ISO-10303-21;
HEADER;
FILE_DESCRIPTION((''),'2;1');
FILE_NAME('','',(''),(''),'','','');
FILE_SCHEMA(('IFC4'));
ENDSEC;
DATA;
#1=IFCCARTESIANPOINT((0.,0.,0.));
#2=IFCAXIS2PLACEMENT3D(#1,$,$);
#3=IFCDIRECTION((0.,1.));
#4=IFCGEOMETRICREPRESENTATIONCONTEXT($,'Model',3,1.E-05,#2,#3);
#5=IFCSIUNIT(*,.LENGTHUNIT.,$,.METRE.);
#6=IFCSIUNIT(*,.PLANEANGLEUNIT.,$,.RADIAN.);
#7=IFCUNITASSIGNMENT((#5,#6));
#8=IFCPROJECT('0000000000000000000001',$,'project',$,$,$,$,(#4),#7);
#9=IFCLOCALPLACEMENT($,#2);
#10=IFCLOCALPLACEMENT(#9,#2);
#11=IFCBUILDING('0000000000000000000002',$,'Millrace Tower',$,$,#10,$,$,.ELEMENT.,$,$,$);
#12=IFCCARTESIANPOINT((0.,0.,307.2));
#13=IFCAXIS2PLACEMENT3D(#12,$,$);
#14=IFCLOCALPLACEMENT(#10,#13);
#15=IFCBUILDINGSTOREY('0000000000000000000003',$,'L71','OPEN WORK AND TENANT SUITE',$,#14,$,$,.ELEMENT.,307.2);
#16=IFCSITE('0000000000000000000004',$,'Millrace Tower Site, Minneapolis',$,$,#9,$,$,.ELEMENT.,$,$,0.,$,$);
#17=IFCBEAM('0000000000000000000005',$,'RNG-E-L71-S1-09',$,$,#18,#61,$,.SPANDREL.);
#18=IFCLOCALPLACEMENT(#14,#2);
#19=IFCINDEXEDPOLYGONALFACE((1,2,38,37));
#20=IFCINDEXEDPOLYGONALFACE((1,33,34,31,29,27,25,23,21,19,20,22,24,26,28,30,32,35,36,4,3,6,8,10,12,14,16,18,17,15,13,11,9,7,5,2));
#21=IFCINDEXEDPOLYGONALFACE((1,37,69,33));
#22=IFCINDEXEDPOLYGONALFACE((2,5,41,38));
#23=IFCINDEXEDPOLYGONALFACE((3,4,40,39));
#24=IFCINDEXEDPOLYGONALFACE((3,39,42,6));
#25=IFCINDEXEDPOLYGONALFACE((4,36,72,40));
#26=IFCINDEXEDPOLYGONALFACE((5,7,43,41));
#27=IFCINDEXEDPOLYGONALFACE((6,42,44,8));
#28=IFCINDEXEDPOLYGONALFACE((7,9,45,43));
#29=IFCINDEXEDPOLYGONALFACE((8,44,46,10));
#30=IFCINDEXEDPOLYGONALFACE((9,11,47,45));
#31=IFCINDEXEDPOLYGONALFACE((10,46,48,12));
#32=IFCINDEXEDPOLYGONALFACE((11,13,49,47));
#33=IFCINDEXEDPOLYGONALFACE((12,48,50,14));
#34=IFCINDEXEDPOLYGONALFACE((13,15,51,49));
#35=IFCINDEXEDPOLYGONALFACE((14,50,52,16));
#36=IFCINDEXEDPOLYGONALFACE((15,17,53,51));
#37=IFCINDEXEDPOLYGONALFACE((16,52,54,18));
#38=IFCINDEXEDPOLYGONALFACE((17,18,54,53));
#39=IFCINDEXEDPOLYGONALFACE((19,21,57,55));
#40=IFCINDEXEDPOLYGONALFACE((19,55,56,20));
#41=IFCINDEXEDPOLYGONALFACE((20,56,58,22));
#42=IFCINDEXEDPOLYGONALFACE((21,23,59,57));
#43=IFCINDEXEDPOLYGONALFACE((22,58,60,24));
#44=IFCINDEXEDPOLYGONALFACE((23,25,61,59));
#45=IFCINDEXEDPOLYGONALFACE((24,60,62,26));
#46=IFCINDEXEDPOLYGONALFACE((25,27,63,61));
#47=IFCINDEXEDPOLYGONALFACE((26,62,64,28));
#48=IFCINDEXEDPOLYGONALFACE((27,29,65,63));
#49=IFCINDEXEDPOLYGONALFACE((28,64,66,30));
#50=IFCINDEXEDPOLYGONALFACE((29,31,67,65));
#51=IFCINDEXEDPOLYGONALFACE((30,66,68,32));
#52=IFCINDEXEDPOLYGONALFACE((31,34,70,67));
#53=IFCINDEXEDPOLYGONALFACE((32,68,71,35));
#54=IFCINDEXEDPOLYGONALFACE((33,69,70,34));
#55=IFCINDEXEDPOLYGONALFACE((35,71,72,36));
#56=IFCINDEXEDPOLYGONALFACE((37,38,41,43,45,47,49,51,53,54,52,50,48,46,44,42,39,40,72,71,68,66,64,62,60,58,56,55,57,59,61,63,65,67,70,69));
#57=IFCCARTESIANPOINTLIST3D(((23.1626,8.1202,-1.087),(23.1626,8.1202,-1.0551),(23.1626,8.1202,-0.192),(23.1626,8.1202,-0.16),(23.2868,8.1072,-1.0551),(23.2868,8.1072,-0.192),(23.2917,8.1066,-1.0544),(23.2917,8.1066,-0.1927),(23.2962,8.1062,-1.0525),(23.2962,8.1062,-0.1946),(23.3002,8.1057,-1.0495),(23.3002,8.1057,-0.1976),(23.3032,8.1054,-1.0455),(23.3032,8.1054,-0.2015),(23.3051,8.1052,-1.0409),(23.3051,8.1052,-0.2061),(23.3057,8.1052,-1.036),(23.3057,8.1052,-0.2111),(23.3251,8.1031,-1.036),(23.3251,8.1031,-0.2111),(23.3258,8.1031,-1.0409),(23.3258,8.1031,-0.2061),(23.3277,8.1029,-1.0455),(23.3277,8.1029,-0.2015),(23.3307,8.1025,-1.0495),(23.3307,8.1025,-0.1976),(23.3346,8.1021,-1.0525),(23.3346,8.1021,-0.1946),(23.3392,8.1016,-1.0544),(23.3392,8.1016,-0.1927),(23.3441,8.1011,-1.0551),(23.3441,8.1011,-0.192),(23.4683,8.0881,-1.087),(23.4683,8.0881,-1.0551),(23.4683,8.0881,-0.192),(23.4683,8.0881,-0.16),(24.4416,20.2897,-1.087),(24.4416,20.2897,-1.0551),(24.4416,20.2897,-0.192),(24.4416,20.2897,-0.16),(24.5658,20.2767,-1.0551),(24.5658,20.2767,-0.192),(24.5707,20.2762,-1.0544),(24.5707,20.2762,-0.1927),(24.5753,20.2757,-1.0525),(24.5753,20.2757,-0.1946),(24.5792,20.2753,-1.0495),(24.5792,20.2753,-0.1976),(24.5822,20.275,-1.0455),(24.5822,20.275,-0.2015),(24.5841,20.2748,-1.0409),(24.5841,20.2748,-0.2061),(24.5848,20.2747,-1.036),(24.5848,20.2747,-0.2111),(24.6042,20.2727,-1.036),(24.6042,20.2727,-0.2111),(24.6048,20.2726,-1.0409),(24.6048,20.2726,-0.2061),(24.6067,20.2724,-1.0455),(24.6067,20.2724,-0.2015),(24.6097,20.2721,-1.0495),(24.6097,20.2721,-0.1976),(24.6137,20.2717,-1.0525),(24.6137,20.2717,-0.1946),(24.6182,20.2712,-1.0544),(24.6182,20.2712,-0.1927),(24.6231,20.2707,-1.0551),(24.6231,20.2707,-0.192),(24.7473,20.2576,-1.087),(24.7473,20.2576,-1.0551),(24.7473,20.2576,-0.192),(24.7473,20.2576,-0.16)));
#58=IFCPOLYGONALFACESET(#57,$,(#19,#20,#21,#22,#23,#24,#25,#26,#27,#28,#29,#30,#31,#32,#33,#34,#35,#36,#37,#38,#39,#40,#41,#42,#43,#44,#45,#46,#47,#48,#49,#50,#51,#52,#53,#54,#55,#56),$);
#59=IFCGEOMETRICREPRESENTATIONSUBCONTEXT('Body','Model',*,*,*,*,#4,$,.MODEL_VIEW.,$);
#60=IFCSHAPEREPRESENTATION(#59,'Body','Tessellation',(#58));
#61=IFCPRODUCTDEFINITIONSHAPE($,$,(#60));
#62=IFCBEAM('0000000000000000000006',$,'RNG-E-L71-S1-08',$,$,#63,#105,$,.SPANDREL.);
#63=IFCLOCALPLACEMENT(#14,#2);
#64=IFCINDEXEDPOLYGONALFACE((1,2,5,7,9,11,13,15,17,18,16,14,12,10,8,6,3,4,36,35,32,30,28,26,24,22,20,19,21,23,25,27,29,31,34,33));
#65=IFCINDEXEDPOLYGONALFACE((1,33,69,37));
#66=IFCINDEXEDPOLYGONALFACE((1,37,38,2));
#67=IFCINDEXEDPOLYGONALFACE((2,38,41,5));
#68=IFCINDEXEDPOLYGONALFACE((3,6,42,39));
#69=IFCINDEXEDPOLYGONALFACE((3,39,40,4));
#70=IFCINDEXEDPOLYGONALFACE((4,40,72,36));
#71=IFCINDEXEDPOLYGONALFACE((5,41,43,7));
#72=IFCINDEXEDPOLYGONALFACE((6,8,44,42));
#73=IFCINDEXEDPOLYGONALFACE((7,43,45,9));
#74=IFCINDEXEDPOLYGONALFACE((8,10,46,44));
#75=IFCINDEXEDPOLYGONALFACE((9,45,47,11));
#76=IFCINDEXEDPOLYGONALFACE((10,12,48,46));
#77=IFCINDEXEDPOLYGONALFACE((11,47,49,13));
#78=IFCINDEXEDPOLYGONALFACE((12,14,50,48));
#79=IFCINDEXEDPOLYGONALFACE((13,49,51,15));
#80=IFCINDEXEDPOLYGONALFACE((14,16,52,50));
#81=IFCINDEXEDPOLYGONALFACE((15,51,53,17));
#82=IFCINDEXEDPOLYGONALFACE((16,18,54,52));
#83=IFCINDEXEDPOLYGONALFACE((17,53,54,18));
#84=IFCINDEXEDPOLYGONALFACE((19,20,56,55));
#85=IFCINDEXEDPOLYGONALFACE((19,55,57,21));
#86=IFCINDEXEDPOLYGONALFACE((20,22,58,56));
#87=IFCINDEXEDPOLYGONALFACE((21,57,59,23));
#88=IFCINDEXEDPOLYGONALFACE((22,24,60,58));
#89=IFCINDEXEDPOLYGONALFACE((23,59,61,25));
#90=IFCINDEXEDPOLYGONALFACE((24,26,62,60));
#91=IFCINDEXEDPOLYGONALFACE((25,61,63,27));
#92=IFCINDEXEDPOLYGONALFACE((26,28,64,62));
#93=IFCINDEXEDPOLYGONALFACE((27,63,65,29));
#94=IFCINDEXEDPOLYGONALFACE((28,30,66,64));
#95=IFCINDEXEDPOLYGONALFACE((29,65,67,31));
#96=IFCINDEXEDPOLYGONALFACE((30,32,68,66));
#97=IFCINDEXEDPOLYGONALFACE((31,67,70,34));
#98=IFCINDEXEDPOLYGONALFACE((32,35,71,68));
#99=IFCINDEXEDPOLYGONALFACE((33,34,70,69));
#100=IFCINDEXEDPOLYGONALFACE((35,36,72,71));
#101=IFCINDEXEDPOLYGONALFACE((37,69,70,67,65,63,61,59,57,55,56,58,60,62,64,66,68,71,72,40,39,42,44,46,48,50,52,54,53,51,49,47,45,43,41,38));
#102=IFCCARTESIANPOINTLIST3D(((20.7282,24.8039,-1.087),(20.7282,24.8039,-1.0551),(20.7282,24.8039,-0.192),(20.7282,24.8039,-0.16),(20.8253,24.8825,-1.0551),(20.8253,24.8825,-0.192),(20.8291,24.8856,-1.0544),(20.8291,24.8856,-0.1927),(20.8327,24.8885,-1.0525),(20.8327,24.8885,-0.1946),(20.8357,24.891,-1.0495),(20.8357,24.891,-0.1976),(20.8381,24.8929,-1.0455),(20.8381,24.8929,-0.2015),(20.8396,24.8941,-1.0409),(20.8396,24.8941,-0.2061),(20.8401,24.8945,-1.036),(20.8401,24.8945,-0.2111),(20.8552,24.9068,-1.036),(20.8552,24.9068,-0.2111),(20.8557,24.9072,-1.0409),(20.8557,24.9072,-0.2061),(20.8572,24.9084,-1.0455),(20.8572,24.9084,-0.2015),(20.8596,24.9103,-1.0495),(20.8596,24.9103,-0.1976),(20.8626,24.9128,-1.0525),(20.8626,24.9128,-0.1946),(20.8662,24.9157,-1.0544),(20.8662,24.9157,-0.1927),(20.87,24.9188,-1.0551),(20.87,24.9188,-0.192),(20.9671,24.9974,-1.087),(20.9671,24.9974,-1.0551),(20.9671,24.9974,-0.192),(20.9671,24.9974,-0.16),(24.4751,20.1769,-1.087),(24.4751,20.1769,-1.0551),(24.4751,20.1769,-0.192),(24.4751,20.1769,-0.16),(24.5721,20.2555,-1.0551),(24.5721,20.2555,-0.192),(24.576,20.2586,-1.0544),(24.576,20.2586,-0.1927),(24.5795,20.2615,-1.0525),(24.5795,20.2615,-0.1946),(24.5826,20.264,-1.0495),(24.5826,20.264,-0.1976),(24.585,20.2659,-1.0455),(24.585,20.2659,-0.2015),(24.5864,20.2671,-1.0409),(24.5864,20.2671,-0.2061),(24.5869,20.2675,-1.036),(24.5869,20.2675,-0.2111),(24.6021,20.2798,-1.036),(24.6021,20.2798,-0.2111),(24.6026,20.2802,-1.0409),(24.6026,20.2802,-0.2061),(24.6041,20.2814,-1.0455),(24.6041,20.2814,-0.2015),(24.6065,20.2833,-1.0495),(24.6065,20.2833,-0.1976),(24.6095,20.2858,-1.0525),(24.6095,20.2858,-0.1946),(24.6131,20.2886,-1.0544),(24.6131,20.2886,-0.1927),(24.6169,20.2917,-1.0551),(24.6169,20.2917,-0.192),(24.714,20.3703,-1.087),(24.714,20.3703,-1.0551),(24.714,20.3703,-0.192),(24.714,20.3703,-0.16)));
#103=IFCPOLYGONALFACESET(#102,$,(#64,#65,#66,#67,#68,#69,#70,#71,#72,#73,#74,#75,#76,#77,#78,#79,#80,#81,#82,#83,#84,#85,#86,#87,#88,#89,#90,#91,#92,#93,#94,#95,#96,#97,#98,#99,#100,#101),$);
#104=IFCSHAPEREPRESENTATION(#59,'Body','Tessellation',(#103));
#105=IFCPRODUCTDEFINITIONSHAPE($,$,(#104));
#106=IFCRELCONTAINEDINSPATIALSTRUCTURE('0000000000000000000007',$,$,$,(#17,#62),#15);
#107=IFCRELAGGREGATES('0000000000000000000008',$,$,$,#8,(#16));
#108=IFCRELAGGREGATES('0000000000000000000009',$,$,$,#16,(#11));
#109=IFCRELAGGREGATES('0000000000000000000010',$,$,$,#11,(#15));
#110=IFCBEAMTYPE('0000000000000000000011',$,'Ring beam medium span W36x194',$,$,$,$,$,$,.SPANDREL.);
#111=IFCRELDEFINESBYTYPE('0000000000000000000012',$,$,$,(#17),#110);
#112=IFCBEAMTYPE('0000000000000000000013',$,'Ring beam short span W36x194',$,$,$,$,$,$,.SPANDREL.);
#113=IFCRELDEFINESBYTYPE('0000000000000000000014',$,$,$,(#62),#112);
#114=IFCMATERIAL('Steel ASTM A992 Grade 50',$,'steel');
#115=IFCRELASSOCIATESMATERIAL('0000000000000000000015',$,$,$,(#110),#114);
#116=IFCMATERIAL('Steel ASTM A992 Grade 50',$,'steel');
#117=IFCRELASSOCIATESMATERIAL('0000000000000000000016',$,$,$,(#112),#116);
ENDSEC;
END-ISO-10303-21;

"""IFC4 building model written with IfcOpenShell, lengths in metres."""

from ifc_helpers import new_model, si_unit, direction, frame, origin, origin_2d, place, context, subcontext, project, spatial, i_section, extrude, material, material_profile, profile_set, type_object, element, save


model = new_model("IFC4")

# Units and contexts
model_context = context("Model", 3, precision=1e-05, world=origin(), true_north=direction((0.0, 1.0)))
body_context = subcontext(model_context, "Body", "Model", "MODEL_VIEW")
ifc_project = project(units=[si_unit("LENGTHUNIT", "METRE"), si_unit("PLANEANGLEUNIT", "RADIAN")], contexts=[model_context])

# Site, building, storey
site_placement = place(None, origin())
site = spatial("IfcSite", under=ifc_project, at=site_placement, Name="Millrace Tower Site, Minneapolis", CompositionType="ELEMENT", RefElevation=0.0)
building_placement = place(site_placement, origin())
building = spatial("IfcBuilding", under=site, at=building_placement, Name="Millrace Tower", CompositionType="ELEMENT")
storey_placement = place(building_placement, frame((0.0, 0.0, 307.2)))
storey = spatial("IfcBuildingStorey", under=building, at=storey_placement, Name="L71", Description="OPEN WORK AND TENANT SUITE", CompositionType="ELEMENT", Elevation=307.2)

# Beams
ifc_material_1 = material(Name="Steel ASTM A992 Grade 50", Category="steel")
ifc_material_profile_1 = material_profile(ifc_material_1, i_section(OverallWidth=0.3074, OverallDepth=0.927, WebThickness=0.0195, FlangeThickness=0.032, FilletRadius=0.019, at=origin_2d()))
ifc_profile_set_1 = profile_set([ifc_material_profile_1], Name="Steel ASTM A992 Grade 50")
beam_type_1 = type_object("IfcBeamType", Name="Ring beam medium span W36x194", PredefinedType="SPANDREL", material=ifc_profile_set_1)
beam_1_placement = place(storey_placement, frame((24.5945, 20.2737, -0.6235), z_axis=(-0.104528, -0.994522, 0.0), x_axis=(0.994522, -0.104528, 0.0)))
element("IfcBeam", 1, at=beam_1_placement, inside=storey, type_object=beam_type_1, Name="RNG-E-L71-S1-09", PredefinedType="SPANDREL", context=body_context, shape_type="SweptSolid", body=[
    extrude(i_section(OverallWidth=0.3074, OverallDepth=0.927, WebThickness=0.0195, FlangeThickness=0.032, FilletRadius=0.019, at=origin_2d()), origin(), (0.0, 0.0, 1.0), 12.2366),
])
ifc_material_2 = material(Name="Steel ASTM A992 Grade 50", Category="steel")
ifc_material_profile_2 = material_profile(ifc_material_2, i_section(OverallWidth=0.3074, OverallDepth=0.927, WebThickness=0.0195, FlangeThickness=0.032, FilletRadius=0.019, at=origin_2d()))
ifc_profile_set_2 = profile_set([ifc_material_profile_2], Name="Steel ASTM A992 Grade 50")
beam_type_2 = type_object("IfcBeamType", Name="Ring beam short span W36x194", PredefinedType="SPANDREL", material=ifc_profile_set_2)
beam_2_placement = place(storey_placement, frame((20.8477, 24.9006, -0.6235), z_axis=(0.62932, -0.777147, 0.0), x_axis=(0.777147, 0.62932, 0.0)))
element("IfcBeam", 2, at=beam_2_placement, inside=storey, type_object=beam_type_2, Name="RNG-E-L71-S1-08", PredefinedType="SPANDREL", context=body_context, shape_type="SweptSolid", body=[
    extrude(i_section(OverallWidth=0.3074, OverallDepth=0.927, WebThickness=0.0195, FlangeThickness=0.032, FilletRadius=0.019, at=origin_2d()), origin(), (0.0, 0.0, 1.0), 5.9539),
])

save(model, "model.ifc")
